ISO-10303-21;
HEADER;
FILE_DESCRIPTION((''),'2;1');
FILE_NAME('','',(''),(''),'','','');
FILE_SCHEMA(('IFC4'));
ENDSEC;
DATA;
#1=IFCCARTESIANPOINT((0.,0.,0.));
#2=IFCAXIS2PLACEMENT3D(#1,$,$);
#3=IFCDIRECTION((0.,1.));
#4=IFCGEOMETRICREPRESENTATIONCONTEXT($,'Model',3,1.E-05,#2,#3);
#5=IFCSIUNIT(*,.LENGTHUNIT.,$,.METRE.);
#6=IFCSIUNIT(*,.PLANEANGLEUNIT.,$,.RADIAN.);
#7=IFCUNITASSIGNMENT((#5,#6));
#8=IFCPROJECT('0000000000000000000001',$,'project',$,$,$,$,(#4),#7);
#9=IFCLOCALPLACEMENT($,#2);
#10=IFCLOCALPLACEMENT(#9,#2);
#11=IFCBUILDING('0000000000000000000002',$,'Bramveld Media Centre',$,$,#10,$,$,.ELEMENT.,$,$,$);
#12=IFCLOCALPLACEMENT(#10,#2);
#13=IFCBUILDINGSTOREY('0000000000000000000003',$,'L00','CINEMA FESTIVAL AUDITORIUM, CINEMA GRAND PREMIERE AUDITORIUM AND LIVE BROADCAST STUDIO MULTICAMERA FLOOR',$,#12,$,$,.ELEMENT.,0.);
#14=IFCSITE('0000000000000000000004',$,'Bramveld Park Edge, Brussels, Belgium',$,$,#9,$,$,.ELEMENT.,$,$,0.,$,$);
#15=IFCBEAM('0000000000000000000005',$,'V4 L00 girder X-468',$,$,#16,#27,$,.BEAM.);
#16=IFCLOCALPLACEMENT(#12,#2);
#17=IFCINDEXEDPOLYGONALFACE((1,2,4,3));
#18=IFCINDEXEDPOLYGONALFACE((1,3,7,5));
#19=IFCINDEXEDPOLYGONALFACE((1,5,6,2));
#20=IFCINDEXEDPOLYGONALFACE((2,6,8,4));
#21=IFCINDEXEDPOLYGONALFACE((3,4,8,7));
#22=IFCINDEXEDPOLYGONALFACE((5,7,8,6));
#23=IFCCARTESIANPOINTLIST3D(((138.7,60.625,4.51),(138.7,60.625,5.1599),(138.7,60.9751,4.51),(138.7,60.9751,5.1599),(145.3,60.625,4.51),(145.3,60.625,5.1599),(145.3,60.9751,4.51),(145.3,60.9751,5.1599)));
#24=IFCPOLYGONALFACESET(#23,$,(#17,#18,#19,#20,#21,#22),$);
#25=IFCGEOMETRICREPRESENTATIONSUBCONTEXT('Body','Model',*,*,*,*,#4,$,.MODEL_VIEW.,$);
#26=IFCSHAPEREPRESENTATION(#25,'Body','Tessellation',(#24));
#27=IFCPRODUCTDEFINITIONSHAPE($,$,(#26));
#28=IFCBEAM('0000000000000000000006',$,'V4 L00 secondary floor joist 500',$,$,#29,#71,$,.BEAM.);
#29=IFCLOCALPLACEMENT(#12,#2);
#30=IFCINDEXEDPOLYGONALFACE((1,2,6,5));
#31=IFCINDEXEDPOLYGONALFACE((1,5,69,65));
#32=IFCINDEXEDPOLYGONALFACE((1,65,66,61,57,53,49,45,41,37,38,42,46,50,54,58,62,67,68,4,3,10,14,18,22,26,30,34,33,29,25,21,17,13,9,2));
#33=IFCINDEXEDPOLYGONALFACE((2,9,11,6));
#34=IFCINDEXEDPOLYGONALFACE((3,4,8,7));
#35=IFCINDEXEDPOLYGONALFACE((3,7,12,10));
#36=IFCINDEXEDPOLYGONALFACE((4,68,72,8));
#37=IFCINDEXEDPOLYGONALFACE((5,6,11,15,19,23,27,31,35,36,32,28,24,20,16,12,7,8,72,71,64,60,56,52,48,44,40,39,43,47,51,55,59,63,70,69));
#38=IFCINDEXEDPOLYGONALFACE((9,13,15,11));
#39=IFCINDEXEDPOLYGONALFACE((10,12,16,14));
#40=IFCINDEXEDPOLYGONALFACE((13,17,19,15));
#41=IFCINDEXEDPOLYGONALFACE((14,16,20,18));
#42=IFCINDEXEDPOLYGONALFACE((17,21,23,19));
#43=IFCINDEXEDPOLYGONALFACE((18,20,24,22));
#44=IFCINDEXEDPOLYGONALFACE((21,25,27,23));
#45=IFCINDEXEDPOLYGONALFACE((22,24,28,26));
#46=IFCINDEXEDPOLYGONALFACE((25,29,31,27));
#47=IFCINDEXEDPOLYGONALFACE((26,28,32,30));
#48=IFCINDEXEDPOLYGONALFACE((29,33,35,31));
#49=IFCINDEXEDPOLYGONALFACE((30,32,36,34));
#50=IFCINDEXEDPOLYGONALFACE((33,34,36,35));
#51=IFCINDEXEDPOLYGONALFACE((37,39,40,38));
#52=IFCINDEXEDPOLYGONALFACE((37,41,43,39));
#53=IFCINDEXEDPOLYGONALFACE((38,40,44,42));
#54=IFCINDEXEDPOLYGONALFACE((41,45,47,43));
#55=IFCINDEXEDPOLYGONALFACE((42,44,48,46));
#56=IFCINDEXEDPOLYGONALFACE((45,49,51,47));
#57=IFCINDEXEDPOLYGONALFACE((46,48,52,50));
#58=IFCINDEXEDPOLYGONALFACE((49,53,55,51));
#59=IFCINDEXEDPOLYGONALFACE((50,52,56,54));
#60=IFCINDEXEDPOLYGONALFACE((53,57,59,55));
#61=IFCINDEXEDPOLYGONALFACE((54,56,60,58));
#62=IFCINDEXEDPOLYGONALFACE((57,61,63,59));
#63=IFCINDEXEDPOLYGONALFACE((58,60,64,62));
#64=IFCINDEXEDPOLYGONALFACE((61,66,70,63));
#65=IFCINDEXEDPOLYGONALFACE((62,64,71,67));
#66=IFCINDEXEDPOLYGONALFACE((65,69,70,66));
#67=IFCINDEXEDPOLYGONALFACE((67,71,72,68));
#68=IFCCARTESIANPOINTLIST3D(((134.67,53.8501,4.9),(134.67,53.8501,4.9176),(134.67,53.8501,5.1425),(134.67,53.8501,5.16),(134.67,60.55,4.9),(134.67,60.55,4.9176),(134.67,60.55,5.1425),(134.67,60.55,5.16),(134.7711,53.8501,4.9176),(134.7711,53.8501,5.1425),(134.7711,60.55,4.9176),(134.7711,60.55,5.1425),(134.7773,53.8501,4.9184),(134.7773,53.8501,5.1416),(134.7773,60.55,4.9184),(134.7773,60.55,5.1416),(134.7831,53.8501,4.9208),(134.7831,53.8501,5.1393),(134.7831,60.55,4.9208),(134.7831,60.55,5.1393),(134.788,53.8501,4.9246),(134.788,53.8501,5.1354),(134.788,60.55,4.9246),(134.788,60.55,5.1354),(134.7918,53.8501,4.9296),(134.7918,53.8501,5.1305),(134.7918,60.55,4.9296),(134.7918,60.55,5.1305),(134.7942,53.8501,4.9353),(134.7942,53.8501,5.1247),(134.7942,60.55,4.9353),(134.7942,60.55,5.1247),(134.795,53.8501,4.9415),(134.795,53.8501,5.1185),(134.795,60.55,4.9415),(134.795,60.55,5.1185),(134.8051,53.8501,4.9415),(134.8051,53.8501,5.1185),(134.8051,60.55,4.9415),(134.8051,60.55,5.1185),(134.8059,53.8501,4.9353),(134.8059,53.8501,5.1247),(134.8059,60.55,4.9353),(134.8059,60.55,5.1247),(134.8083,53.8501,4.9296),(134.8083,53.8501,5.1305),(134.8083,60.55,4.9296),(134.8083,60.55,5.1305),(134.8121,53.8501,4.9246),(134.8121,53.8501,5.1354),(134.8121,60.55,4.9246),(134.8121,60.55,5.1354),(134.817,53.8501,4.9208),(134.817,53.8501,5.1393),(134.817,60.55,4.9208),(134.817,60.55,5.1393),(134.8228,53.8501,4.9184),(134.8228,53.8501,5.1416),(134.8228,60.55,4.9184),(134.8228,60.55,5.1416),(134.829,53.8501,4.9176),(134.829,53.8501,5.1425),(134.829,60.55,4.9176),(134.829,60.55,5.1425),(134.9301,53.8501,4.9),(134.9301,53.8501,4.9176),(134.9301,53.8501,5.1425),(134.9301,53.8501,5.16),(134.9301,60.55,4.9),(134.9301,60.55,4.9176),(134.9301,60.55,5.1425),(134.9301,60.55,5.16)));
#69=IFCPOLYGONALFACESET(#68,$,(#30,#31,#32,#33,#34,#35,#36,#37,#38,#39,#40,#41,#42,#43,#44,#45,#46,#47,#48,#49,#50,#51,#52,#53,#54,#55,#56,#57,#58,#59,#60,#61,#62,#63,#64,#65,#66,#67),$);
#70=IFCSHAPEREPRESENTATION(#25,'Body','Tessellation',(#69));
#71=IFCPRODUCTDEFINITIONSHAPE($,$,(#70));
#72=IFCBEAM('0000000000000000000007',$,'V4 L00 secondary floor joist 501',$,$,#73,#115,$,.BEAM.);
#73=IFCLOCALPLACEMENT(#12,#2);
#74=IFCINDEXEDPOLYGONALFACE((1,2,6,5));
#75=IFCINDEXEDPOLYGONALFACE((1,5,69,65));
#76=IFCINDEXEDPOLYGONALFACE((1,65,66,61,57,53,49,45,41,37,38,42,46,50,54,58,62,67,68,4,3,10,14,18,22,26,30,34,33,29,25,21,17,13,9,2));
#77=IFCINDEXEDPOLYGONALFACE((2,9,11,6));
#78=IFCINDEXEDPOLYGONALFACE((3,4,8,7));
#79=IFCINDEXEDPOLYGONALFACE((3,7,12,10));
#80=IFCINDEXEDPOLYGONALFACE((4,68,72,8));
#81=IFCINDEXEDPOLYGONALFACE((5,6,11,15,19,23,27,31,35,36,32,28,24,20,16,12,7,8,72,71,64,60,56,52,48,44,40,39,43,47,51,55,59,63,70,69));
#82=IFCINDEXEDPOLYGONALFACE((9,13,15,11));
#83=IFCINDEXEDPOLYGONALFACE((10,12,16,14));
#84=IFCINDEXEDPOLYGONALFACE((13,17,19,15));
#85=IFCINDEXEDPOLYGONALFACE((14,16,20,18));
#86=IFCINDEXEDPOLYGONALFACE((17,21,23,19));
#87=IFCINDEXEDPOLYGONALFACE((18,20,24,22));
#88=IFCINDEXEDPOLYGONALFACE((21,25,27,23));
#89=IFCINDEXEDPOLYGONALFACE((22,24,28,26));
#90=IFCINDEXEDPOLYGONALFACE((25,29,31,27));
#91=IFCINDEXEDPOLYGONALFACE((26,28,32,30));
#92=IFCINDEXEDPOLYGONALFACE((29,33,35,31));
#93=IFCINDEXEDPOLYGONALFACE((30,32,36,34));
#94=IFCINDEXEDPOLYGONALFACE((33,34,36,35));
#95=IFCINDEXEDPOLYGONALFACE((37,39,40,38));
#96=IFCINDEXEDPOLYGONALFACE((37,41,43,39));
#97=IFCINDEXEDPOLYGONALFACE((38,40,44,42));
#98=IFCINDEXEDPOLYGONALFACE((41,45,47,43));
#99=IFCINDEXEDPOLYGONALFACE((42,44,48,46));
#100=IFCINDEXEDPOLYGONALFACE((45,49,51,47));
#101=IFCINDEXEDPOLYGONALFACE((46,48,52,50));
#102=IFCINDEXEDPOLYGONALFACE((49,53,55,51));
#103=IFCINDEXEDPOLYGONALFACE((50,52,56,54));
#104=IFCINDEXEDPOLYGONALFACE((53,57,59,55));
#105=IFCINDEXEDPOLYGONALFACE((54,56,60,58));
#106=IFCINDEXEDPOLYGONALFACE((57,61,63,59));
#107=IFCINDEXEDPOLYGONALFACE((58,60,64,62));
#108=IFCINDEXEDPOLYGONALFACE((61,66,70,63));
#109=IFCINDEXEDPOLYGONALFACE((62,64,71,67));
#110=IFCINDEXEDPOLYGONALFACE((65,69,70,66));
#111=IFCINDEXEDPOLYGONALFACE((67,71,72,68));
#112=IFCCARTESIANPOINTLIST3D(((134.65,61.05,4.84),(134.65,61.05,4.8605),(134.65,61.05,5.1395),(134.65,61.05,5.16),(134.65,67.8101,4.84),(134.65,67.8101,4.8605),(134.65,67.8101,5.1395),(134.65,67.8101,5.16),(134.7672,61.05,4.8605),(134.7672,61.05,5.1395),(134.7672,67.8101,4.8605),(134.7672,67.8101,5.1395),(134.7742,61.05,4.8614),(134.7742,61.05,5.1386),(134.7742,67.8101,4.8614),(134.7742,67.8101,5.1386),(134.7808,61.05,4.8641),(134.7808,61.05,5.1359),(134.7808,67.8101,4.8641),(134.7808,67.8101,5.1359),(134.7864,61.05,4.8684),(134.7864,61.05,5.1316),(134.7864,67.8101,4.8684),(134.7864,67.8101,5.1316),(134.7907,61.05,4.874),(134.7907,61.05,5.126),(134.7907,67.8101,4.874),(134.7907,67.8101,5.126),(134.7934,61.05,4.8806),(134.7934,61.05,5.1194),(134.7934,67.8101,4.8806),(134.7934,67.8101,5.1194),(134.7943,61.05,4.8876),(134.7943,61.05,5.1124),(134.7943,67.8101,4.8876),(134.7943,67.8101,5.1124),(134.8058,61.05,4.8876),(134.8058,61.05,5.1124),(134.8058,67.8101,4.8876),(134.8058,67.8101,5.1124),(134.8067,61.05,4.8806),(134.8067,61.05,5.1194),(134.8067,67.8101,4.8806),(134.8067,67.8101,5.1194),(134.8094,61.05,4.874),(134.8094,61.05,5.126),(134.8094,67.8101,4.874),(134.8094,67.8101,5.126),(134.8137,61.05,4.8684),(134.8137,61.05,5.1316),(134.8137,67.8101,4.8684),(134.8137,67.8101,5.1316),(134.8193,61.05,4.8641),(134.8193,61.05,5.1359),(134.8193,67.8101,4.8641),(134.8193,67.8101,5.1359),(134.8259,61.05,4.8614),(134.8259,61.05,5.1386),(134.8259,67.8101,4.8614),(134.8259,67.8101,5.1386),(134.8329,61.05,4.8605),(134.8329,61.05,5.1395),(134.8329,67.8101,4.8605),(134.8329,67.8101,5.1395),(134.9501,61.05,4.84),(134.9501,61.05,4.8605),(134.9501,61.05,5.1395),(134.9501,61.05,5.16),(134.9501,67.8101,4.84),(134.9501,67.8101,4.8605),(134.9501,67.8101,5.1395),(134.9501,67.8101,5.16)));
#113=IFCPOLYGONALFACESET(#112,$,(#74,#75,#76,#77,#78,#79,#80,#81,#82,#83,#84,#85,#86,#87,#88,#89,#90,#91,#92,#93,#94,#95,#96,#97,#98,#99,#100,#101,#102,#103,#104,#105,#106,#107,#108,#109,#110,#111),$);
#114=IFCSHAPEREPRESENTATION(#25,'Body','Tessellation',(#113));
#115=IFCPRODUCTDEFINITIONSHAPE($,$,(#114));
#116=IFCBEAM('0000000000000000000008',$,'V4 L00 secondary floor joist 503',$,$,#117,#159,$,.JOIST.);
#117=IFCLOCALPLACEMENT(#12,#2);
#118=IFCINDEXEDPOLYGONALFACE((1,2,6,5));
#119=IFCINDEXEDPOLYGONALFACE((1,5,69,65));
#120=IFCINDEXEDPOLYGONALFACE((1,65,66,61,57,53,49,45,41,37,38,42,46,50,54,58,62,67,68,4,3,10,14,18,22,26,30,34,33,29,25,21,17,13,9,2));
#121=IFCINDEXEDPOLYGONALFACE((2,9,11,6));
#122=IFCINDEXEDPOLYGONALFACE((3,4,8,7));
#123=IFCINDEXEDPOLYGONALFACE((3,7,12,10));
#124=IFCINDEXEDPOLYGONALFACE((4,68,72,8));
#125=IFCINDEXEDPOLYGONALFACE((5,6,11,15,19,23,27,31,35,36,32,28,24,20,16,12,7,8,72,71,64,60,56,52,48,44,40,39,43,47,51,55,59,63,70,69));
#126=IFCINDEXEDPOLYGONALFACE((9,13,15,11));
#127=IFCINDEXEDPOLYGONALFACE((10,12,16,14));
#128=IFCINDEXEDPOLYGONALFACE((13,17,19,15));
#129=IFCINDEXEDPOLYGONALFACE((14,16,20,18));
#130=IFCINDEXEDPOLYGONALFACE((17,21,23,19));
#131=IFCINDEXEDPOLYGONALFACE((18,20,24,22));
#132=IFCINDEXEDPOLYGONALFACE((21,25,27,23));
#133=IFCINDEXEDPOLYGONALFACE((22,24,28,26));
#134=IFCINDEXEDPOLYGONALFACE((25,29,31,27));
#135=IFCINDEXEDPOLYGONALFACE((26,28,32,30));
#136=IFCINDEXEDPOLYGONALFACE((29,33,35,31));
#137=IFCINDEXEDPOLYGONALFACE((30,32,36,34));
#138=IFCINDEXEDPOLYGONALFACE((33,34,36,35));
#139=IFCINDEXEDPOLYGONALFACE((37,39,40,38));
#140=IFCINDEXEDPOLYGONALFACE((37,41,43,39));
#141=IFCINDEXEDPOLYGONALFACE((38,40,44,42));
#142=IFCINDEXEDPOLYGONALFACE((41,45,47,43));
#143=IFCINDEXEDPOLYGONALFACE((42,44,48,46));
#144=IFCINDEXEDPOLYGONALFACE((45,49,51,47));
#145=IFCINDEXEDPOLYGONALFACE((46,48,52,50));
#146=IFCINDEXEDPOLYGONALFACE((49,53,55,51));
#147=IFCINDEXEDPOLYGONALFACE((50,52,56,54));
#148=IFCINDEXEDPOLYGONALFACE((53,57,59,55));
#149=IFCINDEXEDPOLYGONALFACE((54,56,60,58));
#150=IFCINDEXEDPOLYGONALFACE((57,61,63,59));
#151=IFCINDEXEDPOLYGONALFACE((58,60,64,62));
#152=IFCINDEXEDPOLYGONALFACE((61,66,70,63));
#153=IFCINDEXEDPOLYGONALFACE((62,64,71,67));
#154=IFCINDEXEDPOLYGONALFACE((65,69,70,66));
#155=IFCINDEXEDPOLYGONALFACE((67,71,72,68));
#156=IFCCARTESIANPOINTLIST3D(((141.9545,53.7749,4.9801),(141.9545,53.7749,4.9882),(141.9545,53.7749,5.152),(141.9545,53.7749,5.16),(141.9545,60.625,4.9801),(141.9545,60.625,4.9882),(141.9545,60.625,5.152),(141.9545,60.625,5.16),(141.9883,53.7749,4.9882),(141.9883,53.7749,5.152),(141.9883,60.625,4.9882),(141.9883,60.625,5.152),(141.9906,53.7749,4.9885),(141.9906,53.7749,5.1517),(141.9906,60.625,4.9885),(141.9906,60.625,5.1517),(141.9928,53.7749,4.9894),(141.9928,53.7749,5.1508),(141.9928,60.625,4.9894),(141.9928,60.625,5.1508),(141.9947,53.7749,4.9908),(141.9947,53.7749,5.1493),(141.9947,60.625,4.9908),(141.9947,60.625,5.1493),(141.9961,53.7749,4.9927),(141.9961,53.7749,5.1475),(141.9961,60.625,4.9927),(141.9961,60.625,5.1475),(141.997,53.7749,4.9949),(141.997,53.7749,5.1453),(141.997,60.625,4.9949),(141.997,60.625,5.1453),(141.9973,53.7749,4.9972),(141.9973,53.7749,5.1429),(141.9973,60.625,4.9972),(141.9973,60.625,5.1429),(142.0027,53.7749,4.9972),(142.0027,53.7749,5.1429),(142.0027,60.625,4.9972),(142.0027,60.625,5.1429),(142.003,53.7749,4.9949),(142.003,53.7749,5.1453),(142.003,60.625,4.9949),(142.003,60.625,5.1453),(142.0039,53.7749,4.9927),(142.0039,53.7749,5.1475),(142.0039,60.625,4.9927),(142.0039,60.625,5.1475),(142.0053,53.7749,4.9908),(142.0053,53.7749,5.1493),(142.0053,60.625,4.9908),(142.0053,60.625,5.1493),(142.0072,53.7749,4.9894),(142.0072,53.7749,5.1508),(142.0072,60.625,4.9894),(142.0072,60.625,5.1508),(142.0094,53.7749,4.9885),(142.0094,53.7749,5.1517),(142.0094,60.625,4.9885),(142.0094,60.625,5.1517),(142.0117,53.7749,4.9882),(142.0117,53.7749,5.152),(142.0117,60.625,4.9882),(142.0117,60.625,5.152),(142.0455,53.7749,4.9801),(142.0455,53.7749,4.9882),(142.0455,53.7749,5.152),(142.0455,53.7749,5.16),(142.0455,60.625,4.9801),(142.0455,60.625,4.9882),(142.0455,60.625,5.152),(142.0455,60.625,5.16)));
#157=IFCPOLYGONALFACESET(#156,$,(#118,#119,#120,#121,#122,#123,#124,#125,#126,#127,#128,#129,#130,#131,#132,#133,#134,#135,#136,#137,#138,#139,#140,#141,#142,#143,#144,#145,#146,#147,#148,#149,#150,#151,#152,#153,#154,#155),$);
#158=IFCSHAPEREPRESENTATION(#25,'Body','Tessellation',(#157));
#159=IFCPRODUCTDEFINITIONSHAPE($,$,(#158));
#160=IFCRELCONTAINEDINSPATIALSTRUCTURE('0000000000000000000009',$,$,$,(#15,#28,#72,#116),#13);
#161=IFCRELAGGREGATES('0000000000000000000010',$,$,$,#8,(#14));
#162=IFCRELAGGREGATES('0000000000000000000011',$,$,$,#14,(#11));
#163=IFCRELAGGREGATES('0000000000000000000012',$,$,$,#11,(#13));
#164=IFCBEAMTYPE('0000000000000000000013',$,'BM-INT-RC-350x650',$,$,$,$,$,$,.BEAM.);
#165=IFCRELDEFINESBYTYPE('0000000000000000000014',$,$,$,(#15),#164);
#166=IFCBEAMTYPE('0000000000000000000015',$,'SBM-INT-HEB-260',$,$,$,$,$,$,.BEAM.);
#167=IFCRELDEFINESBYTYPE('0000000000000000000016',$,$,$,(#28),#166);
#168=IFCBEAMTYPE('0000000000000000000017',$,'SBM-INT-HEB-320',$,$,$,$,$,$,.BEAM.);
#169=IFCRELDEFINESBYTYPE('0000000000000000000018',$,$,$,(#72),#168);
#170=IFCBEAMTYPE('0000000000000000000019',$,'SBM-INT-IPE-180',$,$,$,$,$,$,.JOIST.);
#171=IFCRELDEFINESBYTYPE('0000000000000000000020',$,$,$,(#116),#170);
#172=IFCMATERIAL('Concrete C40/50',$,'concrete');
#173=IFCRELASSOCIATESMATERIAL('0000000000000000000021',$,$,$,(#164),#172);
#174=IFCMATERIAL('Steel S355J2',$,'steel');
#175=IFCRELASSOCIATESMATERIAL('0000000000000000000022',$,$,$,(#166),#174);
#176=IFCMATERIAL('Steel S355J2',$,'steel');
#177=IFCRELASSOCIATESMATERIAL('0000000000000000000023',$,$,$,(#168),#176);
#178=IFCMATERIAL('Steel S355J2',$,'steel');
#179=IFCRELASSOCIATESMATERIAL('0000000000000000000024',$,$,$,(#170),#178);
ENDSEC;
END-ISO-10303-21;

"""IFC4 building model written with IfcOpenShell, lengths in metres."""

from ifc_helpers import new_model, si_unit, direction, frame, origin, origin_2d, place, context, subcontext, project, spatial, rectangle, i_section, extrude, material, material_profile, profile_set, type_object, element, save


model = new_model("IFC4")

# Units and contexts
model_context = context("Model", 3, precision=1e-05, world=origin(), true_north=direction((0.0, 1.0)))
body_context = subcontext(model_context, "Body", "Model", "MODEL_VIEW")
ifc_project = project(units=[si_unit("LENGTHUNIT", "METRE"), si_unit("PLANEANGLEUNIT", "RADIAN")], contexts=[model_context])

# Site, building, storey
site_placement = place(None, origin())
site = spatial("IfcSite", under=ifc_project, at=site_placement, Name="Bramveld Park Edge, Brussels, Belgium", CompositionType="ELEMENT", RefElevation=0.0)
building_placement = place(site_placement, origin())
building = spatial("IfcBuilding", under=site, at=building_placement, Name="Bramveld Media Centre", CompositionType="ELEMENT")
storey_placement = place(building_placement, origin())
storey = spatial("IfcBuildingStorey", under=building, at=storey_placement, Name="L00", Description="CINEMA FESTIVAL AUDITORIUM, CINEMA GRAND PREMIERE AUDITORIUM AND LIVE BROADCAST STUDIO MULTICAMERA FLOOR", CompositionType="ELEMENT", Elevation=0.0)

# Beams
ifc_material_1 = material(Name="Concrete C40/50", Category="concrete")
ifc_material_profile_1 = material_profile(ifc_material_1, rectangle(XDim=0.3501, YDim=0.6499, at=origin_2d()), Name="RC 350x650")
ifc_profile_set_1 = profile_set([ifc_material_profile_1], Name="Concrete C40/50")
beam_type_1 = type_object("IfcBeamType", Name="BM-INT-RC-350x650", PredefinedType="BEAM", material=ifc_profile_set_1)
beam_1_placement = place(storey_placement, frame((138.7, 60.8, 4.835), z_axis=(1.0, 0.0, 0.0), x_axis=(0.0, 1.0, 0.0)))
element("IfcBeam", 1, at=beam_1_placement, inside=storey, type_object=beam_type_1, Name="V4 L00 girder X-468", PredefinedType="BEAM", context=body_context, shape_type="SweptSolid", body=[
    extrude(rectangle(XDim=0.3501, YDim=0.6499, at=origin_2d()), origin(), (0.0, 0.0, 1.0), 6.6001),
])
ifc_material_2 = material(Name="Steel S355J2", Category="steel")
ifc_material_profile_2 = material_profile(ifc_material_2, i_section(OverallWidth=0.26, OverallDepth=0.26, WebThickness=0.01, FlangeThickness=0.0176, FilletRadius=0.0239, at=origin_2d()), Name="HEB 260")
ifc_profile_set_2 = profile_set([ifc_material_profile_2], Name="Steel S355J2")
beam_type_2 = type_object("IfcBeamType", Name="SBM-INT-HEB-260", PredefinedType="BEAM", material=ifc_profile_set_2)
beam_2_placement = place(storey_placement, frame((134.8, 53.8501, 5.03), z_axis=(0.0, 1.0, 0.0), x_axis=(-1.0, 0.0, 0.0)))
element("IfcBeam", 2, at=beam_2_placement, inside=storey, type_object=beam_type_2, Name="V4 L00 secondary floor joist 500", PredefinedType="BEAM", context=body_context, shape_type="SweptSolid", body=[
    extrude(i_section(OverallWidth=0.26, OverallDepth=0.26, WebThickness=0.01, FlangeThickness=0.0176, FilletRadius=0.0239, at=origin_2d()), origin(), (0.0, 0.0, 1.0), 6.7),
])
ifc_material_3 = material(Name="Steel S355J2", Category="steel")
ifc_material_profile_3 = material_profile(ifc_material_3, i_section(OverallWidth=0.3, OverallDepth=0.3201, WebThickness=0.0115, FlangeThickness=0.0205, FilletRadius=0.0271, at=origin_2d()), Name="HEB 320")
ifc_profile_set_3 = profile_set([ifc_material_profile_3], Name="Steel S355J2")
beam_type_3 = type_object("IfcBeamType", Name="SBM-INT-HEB-320", PredefinedType="BEAM", material=ifc_profile_set_3)
beam_3_placement = place(storey_placement, frame((134.8, 61.05, 5.0), z_axis=(0.0, 1.0, 0.0), x_axis=(-1.0, 0.0, 0.0)))
element("IfcBeam", 3, at=beam_3_placement, inside=storey, type_object=beam_type_3, Name="V4 L00 secondary floor joist 501", PredefinedType="BEAM", context=body_context, shape_type="SweptSolid", body=[
    extrude(i_section(OverallWidth=0.3, OverallDepth=0.3201, WebThickness=0.0115, FlangeThickness=0.0205, FilletRadius=0.0271, at=origin_2d()), origin(), (0.0, 0.0, 1.0), 6.76),
])
ifc_material_4 = material(Name="Steel S355J2", Category="steel")
ifc_material_profile_4 = material_profile(ifc_material_4, i_section(OverallWidth=0.0911, OverallDepth=0.1799, WebThickness=0.0054, FlangeThickness=0.0081, FilletRadius=0.009, at=origin_2d()), Name="IPE 180")
ifc_profile_set_4 = profile_set([ifc_material_profile_4], Name="Steel S355J2")
beam_type_4 = type_object("IfcBeamType", Name="SBM-INT-IPE-180", PredefinedType="JOIST", material=ifc_profile_set_4)
beam_4_placement = place(storey_placement, frame((142.0, 53.7749, 5.0701), z_axis=(0.0, 1.0, 0.0), x_axis=(-1.0, 0.0, 0.0)))
element("IfcBeam", 4, at=beam_4_placement, inside=storey, type_object=beam_type_4, Name="V4 L00 secondary floor joist 503", PredefinedType="JOIST", context=body_context, shape_type="SweptSolid", body=[
    extrude(i_section(OverallWidth=0.0911, OverallDepth=0.1799, WebThickness=0.0054, FlangeThickness=0.0081, FilletRadius=0.009, at=origin_2d()), origin(), (0.0, 0.0, 1.0), 6.8501),
])

save(model, "model.ifc")
